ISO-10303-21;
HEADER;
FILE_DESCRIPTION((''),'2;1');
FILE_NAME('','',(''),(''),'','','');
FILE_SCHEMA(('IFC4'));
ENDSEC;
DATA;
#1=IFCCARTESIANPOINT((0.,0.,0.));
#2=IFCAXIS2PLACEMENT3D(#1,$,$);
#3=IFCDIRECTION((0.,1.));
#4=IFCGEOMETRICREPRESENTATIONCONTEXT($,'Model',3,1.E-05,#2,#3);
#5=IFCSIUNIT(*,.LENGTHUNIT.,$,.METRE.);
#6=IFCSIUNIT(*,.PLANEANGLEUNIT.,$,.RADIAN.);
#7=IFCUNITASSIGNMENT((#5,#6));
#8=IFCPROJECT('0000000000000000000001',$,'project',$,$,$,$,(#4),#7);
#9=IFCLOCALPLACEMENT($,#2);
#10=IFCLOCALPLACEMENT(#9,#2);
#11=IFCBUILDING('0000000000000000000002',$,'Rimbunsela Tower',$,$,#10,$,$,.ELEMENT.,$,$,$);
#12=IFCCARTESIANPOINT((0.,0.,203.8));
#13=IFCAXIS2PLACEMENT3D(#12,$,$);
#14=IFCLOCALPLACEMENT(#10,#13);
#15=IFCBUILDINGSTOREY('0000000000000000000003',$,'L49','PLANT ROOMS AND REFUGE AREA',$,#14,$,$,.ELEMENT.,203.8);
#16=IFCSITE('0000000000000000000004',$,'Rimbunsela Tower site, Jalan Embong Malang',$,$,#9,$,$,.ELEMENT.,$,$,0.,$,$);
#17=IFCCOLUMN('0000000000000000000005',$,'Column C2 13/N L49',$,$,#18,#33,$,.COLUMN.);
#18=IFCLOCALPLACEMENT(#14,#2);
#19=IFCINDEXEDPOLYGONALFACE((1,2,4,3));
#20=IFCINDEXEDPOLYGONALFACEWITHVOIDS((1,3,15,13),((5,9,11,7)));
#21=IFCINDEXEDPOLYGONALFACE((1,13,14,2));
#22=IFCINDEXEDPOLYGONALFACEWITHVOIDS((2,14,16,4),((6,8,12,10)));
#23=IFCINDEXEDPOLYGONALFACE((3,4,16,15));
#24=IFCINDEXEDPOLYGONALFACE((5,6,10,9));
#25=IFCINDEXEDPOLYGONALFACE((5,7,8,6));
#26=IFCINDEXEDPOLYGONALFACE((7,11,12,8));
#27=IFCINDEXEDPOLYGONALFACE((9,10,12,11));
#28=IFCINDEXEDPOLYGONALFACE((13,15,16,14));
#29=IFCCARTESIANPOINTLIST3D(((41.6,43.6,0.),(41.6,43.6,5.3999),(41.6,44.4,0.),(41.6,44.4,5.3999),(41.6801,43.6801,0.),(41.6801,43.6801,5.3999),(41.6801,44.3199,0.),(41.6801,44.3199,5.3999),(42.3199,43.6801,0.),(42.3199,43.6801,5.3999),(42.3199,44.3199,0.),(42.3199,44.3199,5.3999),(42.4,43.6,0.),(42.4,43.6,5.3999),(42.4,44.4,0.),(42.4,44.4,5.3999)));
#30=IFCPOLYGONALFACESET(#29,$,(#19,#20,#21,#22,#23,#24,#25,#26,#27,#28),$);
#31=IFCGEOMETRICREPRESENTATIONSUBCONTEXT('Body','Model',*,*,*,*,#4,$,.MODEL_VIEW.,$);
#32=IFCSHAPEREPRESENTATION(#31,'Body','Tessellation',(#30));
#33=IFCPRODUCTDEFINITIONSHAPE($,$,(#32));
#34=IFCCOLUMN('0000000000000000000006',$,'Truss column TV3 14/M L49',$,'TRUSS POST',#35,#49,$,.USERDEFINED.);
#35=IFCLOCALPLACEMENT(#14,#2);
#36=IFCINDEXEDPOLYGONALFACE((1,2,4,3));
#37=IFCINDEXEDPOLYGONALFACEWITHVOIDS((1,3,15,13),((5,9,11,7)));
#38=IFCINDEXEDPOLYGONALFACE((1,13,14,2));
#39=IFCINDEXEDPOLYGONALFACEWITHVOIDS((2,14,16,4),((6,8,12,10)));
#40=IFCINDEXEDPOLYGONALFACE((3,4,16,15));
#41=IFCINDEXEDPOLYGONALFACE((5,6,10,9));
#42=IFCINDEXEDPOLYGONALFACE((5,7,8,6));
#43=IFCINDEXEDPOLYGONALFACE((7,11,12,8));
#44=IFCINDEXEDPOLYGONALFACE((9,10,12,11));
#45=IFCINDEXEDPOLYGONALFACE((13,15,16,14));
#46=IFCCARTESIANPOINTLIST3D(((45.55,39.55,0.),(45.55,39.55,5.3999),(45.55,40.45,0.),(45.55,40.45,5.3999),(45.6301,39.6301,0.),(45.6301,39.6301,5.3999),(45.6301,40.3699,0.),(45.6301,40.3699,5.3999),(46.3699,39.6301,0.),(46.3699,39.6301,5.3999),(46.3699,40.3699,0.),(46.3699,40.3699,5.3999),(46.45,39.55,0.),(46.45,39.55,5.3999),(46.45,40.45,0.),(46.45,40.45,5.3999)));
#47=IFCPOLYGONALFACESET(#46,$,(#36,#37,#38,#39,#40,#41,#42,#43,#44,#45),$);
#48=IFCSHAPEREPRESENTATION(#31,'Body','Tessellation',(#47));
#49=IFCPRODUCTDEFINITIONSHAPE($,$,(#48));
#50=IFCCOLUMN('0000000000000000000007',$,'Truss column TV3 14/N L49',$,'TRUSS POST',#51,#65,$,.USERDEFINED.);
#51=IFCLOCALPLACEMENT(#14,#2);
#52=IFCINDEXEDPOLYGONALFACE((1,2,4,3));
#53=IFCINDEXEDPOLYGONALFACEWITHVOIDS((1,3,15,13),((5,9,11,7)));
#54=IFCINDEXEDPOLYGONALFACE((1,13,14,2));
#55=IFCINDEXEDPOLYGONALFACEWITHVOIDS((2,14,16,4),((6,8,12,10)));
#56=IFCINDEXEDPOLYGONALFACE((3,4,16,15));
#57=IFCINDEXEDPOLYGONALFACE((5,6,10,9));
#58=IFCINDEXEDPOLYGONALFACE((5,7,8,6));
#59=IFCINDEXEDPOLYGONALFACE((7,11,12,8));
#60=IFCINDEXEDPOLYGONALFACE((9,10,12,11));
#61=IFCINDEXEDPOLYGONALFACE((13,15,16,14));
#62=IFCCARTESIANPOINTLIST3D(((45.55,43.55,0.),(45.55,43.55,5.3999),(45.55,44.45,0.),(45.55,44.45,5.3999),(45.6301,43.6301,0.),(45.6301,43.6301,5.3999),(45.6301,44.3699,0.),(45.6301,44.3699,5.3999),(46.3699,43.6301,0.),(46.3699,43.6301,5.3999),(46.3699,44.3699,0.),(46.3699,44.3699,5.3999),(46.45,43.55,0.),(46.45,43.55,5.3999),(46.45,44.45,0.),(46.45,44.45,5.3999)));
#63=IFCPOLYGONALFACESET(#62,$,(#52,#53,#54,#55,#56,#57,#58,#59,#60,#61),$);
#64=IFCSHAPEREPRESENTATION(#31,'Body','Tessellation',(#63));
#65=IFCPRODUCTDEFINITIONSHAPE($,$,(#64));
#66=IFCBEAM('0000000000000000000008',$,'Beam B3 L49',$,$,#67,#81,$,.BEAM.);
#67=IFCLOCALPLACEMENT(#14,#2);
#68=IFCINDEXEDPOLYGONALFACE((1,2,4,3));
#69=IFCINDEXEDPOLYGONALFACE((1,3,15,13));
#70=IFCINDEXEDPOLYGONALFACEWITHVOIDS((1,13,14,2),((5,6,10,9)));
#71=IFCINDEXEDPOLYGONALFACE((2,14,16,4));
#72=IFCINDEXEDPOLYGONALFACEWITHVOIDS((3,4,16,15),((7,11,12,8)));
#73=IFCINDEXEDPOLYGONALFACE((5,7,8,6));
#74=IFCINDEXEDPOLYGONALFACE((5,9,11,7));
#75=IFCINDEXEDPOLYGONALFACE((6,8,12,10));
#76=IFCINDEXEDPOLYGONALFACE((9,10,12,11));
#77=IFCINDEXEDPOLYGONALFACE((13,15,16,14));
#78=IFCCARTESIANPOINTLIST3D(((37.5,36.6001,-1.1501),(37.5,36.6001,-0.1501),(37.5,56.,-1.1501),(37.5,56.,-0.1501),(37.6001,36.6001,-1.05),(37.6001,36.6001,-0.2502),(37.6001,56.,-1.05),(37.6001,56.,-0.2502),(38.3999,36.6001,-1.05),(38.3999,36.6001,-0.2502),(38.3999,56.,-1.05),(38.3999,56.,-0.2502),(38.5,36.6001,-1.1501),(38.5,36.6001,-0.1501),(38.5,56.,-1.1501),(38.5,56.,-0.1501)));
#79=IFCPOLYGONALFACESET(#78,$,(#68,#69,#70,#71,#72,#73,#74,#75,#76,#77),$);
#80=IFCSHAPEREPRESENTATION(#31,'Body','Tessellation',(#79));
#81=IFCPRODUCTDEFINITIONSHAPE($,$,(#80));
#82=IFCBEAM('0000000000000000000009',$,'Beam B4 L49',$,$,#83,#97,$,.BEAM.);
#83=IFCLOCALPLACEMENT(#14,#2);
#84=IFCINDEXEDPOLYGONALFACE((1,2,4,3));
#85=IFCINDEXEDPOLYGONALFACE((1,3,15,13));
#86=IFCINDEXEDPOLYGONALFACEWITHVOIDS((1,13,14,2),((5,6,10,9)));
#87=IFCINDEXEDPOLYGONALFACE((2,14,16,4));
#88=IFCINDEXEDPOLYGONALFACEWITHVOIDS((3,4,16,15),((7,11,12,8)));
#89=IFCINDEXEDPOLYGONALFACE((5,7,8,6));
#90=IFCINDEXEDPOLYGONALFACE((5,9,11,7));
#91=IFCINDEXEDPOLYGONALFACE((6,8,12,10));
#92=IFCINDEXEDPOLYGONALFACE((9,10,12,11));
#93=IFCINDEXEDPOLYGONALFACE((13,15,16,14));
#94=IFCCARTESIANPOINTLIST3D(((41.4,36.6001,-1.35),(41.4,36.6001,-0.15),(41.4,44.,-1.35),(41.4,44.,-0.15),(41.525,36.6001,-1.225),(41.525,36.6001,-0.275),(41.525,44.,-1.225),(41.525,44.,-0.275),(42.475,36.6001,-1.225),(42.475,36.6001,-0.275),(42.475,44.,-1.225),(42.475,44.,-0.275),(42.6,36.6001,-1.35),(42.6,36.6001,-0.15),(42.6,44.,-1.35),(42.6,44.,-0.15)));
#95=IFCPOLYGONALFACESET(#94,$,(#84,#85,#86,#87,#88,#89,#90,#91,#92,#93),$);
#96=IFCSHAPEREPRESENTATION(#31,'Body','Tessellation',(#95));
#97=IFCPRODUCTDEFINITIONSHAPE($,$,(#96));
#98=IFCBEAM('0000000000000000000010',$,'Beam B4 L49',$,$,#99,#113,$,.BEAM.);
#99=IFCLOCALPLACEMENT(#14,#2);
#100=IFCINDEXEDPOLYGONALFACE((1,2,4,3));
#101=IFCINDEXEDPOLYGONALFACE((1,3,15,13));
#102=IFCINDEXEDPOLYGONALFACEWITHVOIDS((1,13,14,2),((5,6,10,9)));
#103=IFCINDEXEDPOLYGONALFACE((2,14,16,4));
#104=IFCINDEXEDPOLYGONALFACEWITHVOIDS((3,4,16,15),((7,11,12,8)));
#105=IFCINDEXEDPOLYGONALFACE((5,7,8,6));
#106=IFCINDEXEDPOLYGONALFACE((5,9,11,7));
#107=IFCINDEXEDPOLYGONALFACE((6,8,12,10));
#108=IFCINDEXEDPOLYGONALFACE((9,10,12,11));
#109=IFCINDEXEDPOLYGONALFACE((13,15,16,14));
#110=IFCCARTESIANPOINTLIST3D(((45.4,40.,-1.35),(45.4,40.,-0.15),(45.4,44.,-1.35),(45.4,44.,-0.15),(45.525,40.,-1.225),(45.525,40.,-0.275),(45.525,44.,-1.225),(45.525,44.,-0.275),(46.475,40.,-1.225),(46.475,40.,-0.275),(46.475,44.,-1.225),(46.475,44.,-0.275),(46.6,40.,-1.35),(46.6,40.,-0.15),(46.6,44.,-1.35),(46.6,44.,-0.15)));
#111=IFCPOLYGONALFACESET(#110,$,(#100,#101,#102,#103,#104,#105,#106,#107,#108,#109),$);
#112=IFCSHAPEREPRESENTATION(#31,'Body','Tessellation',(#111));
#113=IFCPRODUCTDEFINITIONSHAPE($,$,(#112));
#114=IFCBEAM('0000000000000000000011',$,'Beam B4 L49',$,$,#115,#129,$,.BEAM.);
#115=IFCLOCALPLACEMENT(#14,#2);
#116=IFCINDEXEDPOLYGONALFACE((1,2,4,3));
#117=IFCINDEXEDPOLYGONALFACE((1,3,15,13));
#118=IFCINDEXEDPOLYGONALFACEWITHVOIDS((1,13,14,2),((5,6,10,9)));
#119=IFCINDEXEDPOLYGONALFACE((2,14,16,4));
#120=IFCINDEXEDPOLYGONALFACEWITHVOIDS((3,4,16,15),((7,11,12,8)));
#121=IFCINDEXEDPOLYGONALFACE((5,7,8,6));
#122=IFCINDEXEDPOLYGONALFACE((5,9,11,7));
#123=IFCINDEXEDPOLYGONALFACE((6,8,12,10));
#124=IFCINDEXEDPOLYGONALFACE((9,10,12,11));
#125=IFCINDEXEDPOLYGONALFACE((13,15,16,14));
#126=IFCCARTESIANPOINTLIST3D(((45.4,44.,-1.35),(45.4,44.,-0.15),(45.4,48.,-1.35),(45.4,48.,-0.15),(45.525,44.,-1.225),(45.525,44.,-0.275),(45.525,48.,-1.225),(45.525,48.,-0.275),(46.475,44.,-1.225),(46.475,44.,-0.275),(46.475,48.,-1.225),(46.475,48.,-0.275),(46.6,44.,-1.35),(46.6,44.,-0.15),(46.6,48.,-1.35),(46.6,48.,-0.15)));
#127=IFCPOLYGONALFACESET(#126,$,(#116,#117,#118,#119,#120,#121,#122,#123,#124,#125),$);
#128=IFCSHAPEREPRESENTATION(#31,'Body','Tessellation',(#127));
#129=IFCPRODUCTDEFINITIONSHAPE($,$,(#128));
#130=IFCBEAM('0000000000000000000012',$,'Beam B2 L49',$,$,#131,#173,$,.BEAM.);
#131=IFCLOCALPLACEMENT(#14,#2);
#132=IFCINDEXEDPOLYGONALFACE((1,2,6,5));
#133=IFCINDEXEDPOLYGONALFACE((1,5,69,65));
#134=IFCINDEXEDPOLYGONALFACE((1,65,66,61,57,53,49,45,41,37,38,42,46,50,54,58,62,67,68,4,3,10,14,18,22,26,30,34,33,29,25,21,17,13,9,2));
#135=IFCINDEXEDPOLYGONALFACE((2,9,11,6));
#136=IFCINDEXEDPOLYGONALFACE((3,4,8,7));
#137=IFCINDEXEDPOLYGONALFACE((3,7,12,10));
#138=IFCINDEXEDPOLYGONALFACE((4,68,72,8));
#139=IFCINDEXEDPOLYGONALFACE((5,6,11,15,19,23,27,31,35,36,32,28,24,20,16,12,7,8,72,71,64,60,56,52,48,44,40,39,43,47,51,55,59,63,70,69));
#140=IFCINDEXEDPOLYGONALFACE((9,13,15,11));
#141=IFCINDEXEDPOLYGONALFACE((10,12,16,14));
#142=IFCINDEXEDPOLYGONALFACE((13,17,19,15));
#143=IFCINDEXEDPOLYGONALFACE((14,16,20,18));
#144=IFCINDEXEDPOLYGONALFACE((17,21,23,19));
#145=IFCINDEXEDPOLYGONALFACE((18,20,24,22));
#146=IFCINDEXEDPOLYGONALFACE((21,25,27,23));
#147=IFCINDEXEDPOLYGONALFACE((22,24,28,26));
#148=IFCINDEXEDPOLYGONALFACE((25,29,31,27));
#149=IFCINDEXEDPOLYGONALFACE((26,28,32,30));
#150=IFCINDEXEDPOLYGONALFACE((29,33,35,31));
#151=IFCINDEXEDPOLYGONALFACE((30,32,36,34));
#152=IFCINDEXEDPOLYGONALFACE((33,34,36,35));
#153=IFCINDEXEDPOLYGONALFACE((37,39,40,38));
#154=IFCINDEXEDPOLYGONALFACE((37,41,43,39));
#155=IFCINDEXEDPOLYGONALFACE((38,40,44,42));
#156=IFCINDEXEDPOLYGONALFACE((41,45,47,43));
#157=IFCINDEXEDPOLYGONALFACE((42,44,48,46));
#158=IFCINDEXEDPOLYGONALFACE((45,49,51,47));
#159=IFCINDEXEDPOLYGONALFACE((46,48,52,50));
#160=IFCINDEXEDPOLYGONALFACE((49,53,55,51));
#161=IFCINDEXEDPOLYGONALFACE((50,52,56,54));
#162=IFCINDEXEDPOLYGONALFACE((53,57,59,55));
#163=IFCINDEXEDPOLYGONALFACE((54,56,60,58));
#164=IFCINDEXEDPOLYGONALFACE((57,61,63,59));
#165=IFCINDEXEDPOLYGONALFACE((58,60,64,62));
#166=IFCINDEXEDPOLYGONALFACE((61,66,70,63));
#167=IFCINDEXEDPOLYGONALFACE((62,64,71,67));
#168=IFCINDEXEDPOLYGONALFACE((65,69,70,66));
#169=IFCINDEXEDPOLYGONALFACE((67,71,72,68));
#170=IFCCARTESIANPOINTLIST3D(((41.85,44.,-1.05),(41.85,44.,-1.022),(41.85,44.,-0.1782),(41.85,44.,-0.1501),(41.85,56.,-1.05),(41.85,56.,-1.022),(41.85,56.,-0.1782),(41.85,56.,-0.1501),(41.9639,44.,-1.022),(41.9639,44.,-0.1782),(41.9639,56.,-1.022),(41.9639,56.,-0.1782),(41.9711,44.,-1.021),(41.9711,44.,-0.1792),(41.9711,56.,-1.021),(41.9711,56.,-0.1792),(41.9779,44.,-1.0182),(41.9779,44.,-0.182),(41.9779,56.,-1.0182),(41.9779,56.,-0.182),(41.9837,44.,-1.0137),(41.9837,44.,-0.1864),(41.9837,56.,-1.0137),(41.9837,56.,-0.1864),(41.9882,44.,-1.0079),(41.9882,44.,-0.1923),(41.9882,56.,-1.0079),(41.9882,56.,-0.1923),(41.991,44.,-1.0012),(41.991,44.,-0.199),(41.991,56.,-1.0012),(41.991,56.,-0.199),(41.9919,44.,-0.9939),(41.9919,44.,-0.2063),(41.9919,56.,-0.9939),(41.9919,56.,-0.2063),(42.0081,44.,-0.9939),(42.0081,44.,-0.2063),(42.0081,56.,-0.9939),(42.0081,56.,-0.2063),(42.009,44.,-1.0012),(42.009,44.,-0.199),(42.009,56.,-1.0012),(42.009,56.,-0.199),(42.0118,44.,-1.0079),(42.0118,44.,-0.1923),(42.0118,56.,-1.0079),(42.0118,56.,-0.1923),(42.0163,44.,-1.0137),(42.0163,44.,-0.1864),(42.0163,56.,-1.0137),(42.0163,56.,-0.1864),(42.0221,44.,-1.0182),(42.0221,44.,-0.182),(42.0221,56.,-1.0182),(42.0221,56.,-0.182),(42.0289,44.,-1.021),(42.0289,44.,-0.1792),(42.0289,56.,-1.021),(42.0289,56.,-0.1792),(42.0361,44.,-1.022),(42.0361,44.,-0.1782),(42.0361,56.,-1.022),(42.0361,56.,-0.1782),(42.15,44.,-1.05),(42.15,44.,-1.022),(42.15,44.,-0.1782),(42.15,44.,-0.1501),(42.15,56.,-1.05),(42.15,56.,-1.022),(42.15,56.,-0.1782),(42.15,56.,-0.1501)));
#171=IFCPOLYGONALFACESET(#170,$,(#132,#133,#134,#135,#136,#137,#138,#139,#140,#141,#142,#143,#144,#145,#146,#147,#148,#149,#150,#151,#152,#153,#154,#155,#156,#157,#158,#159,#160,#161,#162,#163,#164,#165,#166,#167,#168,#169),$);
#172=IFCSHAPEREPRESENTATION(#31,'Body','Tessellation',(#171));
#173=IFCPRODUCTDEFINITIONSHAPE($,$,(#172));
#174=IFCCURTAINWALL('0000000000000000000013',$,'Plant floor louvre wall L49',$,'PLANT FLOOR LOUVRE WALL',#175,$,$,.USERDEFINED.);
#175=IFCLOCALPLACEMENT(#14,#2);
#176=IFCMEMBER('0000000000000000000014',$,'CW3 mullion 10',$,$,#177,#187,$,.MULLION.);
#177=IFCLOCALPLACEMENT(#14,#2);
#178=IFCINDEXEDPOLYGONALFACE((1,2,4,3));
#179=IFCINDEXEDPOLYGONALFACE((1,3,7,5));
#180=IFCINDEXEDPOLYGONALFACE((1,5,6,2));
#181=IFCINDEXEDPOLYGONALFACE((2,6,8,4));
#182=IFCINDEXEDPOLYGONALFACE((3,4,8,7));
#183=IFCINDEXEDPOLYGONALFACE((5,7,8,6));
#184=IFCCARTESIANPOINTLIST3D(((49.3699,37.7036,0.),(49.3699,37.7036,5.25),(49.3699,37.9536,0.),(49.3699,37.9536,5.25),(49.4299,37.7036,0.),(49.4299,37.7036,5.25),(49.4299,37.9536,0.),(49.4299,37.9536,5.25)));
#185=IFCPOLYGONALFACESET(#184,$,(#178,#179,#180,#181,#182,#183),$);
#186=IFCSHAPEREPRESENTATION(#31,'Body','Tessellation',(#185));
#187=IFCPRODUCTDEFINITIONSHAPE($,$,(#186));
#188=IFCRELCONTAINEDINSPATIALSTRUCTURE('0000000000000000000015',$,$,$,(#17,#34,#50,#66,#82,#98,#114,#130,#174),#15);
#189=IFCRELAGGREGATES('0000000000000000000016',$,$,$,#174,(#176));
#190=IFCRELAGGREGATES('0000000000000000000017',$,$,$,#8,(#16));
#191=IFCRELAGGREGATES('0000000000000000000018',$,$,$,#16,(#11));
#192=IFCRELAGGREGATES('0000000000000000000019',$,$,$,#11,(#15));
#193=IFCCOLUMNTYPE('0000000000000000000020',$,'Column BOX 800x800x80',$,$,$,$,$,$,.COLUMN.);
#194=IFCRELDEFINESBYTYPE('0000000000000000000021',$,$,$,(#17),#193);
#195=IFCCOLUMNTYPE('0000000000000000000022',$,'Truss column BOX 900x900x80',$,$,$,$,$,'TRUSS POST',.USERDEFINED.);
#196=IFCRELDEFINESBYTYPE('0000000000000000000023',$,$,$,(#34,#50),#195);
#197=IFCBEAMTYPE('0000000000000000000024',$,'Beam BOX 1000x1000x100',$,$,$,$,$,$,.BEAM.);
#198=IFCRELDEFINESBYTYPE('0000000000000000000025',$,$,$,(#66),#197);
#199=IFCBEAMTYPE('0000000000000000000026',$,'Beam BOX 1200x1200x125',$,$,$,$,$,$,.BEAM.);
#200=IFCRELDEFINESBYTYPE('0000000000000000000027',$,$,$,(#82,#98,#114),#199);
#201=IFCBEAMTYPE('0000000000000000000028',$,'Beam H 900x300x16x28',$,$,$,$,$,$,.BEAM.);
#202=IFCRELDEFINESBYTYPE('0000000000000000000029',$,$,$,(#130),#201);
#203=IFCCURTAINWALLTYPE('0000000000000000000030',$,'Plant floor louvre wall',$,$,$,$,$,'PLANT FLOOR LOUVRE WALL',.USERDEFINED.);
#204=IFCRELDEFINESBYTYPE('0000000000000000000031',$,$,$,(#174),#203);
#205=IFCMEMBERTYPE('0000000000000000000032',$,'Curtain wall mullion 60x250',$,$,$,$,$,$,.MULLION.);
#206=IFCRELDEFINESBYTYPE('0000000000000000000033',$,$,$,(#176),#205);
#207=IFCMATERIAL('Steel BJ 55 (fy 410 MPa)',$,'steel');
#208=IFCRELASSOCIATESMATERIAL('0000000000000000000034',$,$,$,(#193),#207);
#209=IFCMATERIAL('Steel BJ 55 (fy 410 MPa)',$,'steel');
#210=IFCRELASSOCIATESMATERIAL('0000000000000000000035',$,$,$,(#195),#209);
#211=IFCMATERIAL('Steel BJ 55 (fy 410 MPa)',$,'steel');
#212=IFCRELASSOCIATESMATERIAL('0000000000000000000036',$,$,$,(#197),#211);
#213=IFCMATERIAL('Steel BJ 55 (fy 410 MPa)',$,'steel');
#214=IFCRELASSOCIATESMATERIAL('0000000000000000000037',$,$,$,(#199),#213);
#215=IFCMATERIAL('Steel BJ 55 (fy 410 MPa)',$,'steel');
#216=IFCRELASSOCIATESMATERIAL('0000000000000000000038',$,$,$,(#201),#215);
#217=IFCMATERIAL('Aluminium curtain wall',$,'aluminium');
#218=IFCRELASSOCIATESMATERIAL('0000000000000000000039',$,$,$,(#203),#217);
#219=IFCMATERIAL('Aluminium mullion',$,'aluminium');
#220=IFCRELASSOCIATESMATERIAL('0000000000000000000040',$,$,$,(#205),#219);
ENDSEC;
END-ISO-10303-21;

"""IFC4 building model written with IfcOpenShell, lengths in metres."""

from ifc_helpers import new_model, si_unit, direction, frame, origin, origin_2d, place, context, subcontext, project, spatial, rectangle, hollow_rectangle, i_section, extrude, material, material_profile, profile_set, type_object, element, aggregate, save


model = new_model("IFC4")

# Units and contexts
model_context = context("Model", 3, precision=1e-05, world=origin(), true_north=direction((0.0, 1.0)))
body_context = subcontext(model_context, "Body", "Model", "MODEL_VIEW")
ifc_project = project(units=[si_unit("LENGTHUNIT", "METRE"), si_unit("PLANEANGLEUNIT", "RADIAN")], contexts=[model_context])

# Site, building, storey
site_placement = place(None, origin())
site = spatial("IfcSite", under=ifc_project, at=site_placement, Name="Rimbunsela Tower site, Jalan Embong Malang", CompositionType="ELEMENT", RefElevation=0.0)
building_placement = place(site_placement, origin())
building = spatial("IfcBuilding", under=site, at=building_placement, Name="Rimbunsela Tower", CompositionType="ELEMENT")
storey_placement = place(building_placement, frame((0.0, 0.0, 203.8)))
storey = spatial("IfcBuildingStorey", under=building, at=storey_placement, Name="L49", Description="PLANT ROOMS AND REFUGE AREA", CompositionType="ELEMENT", Elevation=203.8)

# Columns
ifc_material_1 = material(Name="Steel BJ 55 (fy 410 MPa)", Category="steel")
ifc_material_profile_1 = material_profile(ifc_material_1, hollow_rectangle(XDim=0.8, YDim=0.8, WallThickness=0.0801, at=origin_2d()), Name="BOX 800x800x80")
ifc_profile_set_1 = profile_set([ifc_material_profile_1], Name="Steel BJ 55 (fy 410 MPa)")
column_type_1 = type_object("IfcColumnType", Name="Column BOX 800x800x80", PredefinedType="COLUMN", material=ifc_profile_set_1)
column_placement = place(storey_placement, frame((42.0, 44.0, 0.0), z_axis=(0.0, 0.0, 1.0), x_axis=(1.0, 0.0, 0.0)))
element("IfcColumn", 1, at=column_placement, inside=storey, type_object=column_type_1, Name="Column C2 13/N L49", PredefinedType="COLUMN", context=body_context, shape_type="SweptSolid", body=[
    extrude(hollow_rectangle(XDim=0.8, YDim=0.8, WallThickness=0.0801, at=origin_2d()), origin(), (0.0, 0.0, 1.0), 5.3999),
])
ifc_material_2 = material(Name="Steel BJ 55 (fy 410 MPa)", Category="steel")
ifc_material_profile_2 = material_profile(ifc_material_2, hollow_rectangle(XDim=0.8999, YDim=0.8999, WallThickness=0.0801, at=origin_2d()), Name="BOX 900x900x80")
ifc_profile_set_2 = profile_set([ifc_material_profile_2], Name="Steel BJ 55 (fy 410 MPa)")
column_type_2 = type_object("IfcColumnType", Name="Truss column BOX 900x900x80", ElementType="TRUSS POST", PredefinedType="USERDEFINED", material=ifc_profile_set_2)
for number, where, z_axis, x_axis, name in (
    (2, (46.0, 40.0, 0.0), (0.0, 0.0, 1.0), (1.0, 0.0, 0.0), "Truss column TV3 14/M L49"),
    (3, (46.0, 44.0, 0.0), (0.0, 0.0, 1.0), (1.0, 0.0, 0.0), "Truss column TV3 14/N L49"),
):
    element("IfcColumn", number, at=place(storey_placement, frame(where, z_axis=z_axis, x_axis=x_axis)), inside=storey, type_object=column_type_2, Name=name, ObjectType="TRUSS POST", PredefinedType="USERDEFINED", context=body_context, shape_type="SweptSolid", body=[
        extrude(hollow_rectangle(XDim=0.8999, YDim=0.8999, WallThickness=0.0801, at=origin_2d()), origin(), (0.0, 0.0, 1.0), 5.3999),
    ])

# Beams
ifc_material_3 = material(Name="Steel BJ 55 (fy 410 MPa)", Category="steel")
ifc_material_profile_3 = material_profile(ifc_material_3, hollow_rectangle(XDim=1.0, YDim=1.0, WallThickness=0.1001, at=origin_2d()), Name="BOX 1000x1000x100")
ifc_profile_set_3 = profile_set([ifc_material_profile_3], Name="Steel BJ 55 (fy 410 MPa)")
beam_type_1 = type_object("IfcBeamType", Name="Beam BOX 1000x1000x100", PredefinedType="BEAM", material=ifc_profile_set_3)
beam_1_placement = place(storey_placement, frame((38.0, 36.6001, -0.6501), z_axis=(0.0, 1.0, 0.0), x_axis=(-1.0, 0.0, 0.0)))
element("IfcBeam", 4, at=beam_1_placement, inside=storey, type_object=beam_type_1, Name="Beam B3 L49", PredefinedType="BEAM", context=body_context, shape_type="SweptSolid", body=[
    extrude(hollow_rectangle(XDim=1.0, YDim=1.0, WallThickness=0.1001, at=origin_2d()), origin(), (0.0, 0.0, 1.0), 19.3999),
])
ifc_material_4 = material(Name="Steel BJ 55 (fy 410 MPa)", Category="steel")
ifc_material_profile_4 = material_profile(ifc_material_4, hollow_rectangle(XDim=1.2, YDim=1.2, WallThickness=0.125, at=origin_2d()), Name="BOX 1200x1200x125")
ifc_profile_set_4 = profile_set([ifc_material_profile_4], Name="Steel BJ 55 (fy 410 MPa)")
beam_type_2 = type_object("IfcBeamType", Name="Beam BOX 1200x1200x125", PredefinedType="BEAM", material=ifc_profile_set_4)
beam_2_placement = place(storey_placement, frame((42.0, 36.6001, -0.75), z_axis=(0.0, 1.0, 0.0), x_axis=(-1.0, 0.0, 0.0)))
element("IfcBeam", 5, at=beam_2_placement, inside=storey, type_object=beam_type_2, Name="Beam B4 L49", PredefinedType="BEAM", context=body_context, shape_type="SweptSolid", body=[
    extrude(hollow_rectangle(XDim=1.2, YDim=1.2, WallThickness=0.125, at=origin_2d()), origin(), (0.0, 0.0, 1.0), 7.3999),
])
for number, where, z_axis, x_axis, name in (
    (6, (46.0, 40.0, -0.75), (0.0, 1.0, 0.0), (-1.0, 0.0, 0.0), "Beam B4 L49"),
    (7, (46.0, 44.0, -0.75), (0.0, 1.0, 0.0), (-1.0, 0.0, 0.0), "Beam B4 L49"),
):
    element("IfcBeam", number, at=place(storey_placement, frame(where, z_axis=z_axis, x_axis=x_axis)), inside=storey, type_object=beam_type_2, Name=name, PredefinedType="BEAM", context=body_context, shape_type="SweptSolid", body=[
        extrude(hollow_rectangle(XDim=1.2, YDim=1.2, WallThickness=0.125, at=origin_2d()), origin(), (0.0, 0.0, 1.0), 4.0),
    ])
ifc_material_5 = material(Name="Steel BJ 55 (fy 410 MPa)", Category="steel")
ifc_material_profile_5 = material_profile(ifc_material_5, i_section(OverallWidth=0.3, OverallDepth=0.8999, WebThickness=0.0161, FlangeThickness=0.0281, FilletRadius=0.0281, at=origin_2d()), Name="H 900x300x16x28")
ifc_profile_set_5 = profile_set([ifc_material_profile_5], Name="Steel BJ 55 (fy 410 MPa)")
beam_type_3 = type_object("IfcBeamType", Name="Beam H 900x300x16x28", PredefinedType="BEAM", material=ifc_profile_set_5)
beam_3_placement = place(storey_placement, frame((42.0, 44.0, -0.6001), z_axis=(0.0, 1.0, 0.0), x_axis=(-1.0, 0.0, 0.0)))
element("IfcBeam", 8, at=beam_3_placement, inside=storey, type_object=beam_type_3, Name="Beam B2 L49", PredefinedType="BEAM", context=body_context, shape_type="SweptSolid", body=[
    extrude(i_section(OverallWidth=0.3, OverallDepth=0.8999, WebThickness=0.0161, FlangeThickness=0.0281, FilletRadius=0.0281, at=origin_2d()), origin(), (0.0, 0.0, 1.0), 12.0),
])

# Curtain wall, member
ifc_material_6 = material(Name="Aluminium curtain wall", Category="aluminium")
curtain_wall_type = type_object("IfcCurtainWallType", Name="Plant floor louvre wall", ElementType="PLANT FLOOR LOUVRE WALL", PredefinedType="USERDEFINED", material=ifc_material_6)
curtain_wall_placement = place(storey_placement, origin())
curtain_wall = element("IfcCurtainWall", 9, at=curtain_wall_placement, inside=storey, type_object=curtain_wall_type, Name="Plant floor louvre wall L49", ObjectType="PLANT FLOOR LOUVRE WALL", PredefinedType="USERDEFINED")
ifc_material_7 = material(Name="Aluminium mullion", Category="aluminium")
ifc_material_profile_6 = material_profile(ifc_material_7, rectangle(XDim=0.0601, YDim=0.25, at=origin_2d()), Name="Mullion 60x250")
ifc_profile_set_6 = profile_set([ifc_material_profile_6], Name="Aluminium mullion")
member_type_1 = type_object("IfcMemberType", Name="Curtain wall mullion 60x250", PredefinedType="MULLION", material=ifc_profile_set_6)
member_1_placement = place(storey_placement, frame((49.3999, 37.8286, 0.0), z_axis=(0.0, 0.0, 1.0), x_axis=(-1.0, 0.0, 0.0)))
member_1 = element("IfcMember", 10, at=member_1_placement, type_object=member_type_1, Name="CW3 mullion 10", PredefinedType="MULLION", context=body_context, shape_type="SweptSolid", body=[
    extrude(rectangle(XDim=0.0601, YDim=0.25, at=origin_2d()), origin(), (0.0, 0.0, 1.0), 5.25),
])

aggregate(curtain_wall, [member_1])

save(model, "model.ifc")
